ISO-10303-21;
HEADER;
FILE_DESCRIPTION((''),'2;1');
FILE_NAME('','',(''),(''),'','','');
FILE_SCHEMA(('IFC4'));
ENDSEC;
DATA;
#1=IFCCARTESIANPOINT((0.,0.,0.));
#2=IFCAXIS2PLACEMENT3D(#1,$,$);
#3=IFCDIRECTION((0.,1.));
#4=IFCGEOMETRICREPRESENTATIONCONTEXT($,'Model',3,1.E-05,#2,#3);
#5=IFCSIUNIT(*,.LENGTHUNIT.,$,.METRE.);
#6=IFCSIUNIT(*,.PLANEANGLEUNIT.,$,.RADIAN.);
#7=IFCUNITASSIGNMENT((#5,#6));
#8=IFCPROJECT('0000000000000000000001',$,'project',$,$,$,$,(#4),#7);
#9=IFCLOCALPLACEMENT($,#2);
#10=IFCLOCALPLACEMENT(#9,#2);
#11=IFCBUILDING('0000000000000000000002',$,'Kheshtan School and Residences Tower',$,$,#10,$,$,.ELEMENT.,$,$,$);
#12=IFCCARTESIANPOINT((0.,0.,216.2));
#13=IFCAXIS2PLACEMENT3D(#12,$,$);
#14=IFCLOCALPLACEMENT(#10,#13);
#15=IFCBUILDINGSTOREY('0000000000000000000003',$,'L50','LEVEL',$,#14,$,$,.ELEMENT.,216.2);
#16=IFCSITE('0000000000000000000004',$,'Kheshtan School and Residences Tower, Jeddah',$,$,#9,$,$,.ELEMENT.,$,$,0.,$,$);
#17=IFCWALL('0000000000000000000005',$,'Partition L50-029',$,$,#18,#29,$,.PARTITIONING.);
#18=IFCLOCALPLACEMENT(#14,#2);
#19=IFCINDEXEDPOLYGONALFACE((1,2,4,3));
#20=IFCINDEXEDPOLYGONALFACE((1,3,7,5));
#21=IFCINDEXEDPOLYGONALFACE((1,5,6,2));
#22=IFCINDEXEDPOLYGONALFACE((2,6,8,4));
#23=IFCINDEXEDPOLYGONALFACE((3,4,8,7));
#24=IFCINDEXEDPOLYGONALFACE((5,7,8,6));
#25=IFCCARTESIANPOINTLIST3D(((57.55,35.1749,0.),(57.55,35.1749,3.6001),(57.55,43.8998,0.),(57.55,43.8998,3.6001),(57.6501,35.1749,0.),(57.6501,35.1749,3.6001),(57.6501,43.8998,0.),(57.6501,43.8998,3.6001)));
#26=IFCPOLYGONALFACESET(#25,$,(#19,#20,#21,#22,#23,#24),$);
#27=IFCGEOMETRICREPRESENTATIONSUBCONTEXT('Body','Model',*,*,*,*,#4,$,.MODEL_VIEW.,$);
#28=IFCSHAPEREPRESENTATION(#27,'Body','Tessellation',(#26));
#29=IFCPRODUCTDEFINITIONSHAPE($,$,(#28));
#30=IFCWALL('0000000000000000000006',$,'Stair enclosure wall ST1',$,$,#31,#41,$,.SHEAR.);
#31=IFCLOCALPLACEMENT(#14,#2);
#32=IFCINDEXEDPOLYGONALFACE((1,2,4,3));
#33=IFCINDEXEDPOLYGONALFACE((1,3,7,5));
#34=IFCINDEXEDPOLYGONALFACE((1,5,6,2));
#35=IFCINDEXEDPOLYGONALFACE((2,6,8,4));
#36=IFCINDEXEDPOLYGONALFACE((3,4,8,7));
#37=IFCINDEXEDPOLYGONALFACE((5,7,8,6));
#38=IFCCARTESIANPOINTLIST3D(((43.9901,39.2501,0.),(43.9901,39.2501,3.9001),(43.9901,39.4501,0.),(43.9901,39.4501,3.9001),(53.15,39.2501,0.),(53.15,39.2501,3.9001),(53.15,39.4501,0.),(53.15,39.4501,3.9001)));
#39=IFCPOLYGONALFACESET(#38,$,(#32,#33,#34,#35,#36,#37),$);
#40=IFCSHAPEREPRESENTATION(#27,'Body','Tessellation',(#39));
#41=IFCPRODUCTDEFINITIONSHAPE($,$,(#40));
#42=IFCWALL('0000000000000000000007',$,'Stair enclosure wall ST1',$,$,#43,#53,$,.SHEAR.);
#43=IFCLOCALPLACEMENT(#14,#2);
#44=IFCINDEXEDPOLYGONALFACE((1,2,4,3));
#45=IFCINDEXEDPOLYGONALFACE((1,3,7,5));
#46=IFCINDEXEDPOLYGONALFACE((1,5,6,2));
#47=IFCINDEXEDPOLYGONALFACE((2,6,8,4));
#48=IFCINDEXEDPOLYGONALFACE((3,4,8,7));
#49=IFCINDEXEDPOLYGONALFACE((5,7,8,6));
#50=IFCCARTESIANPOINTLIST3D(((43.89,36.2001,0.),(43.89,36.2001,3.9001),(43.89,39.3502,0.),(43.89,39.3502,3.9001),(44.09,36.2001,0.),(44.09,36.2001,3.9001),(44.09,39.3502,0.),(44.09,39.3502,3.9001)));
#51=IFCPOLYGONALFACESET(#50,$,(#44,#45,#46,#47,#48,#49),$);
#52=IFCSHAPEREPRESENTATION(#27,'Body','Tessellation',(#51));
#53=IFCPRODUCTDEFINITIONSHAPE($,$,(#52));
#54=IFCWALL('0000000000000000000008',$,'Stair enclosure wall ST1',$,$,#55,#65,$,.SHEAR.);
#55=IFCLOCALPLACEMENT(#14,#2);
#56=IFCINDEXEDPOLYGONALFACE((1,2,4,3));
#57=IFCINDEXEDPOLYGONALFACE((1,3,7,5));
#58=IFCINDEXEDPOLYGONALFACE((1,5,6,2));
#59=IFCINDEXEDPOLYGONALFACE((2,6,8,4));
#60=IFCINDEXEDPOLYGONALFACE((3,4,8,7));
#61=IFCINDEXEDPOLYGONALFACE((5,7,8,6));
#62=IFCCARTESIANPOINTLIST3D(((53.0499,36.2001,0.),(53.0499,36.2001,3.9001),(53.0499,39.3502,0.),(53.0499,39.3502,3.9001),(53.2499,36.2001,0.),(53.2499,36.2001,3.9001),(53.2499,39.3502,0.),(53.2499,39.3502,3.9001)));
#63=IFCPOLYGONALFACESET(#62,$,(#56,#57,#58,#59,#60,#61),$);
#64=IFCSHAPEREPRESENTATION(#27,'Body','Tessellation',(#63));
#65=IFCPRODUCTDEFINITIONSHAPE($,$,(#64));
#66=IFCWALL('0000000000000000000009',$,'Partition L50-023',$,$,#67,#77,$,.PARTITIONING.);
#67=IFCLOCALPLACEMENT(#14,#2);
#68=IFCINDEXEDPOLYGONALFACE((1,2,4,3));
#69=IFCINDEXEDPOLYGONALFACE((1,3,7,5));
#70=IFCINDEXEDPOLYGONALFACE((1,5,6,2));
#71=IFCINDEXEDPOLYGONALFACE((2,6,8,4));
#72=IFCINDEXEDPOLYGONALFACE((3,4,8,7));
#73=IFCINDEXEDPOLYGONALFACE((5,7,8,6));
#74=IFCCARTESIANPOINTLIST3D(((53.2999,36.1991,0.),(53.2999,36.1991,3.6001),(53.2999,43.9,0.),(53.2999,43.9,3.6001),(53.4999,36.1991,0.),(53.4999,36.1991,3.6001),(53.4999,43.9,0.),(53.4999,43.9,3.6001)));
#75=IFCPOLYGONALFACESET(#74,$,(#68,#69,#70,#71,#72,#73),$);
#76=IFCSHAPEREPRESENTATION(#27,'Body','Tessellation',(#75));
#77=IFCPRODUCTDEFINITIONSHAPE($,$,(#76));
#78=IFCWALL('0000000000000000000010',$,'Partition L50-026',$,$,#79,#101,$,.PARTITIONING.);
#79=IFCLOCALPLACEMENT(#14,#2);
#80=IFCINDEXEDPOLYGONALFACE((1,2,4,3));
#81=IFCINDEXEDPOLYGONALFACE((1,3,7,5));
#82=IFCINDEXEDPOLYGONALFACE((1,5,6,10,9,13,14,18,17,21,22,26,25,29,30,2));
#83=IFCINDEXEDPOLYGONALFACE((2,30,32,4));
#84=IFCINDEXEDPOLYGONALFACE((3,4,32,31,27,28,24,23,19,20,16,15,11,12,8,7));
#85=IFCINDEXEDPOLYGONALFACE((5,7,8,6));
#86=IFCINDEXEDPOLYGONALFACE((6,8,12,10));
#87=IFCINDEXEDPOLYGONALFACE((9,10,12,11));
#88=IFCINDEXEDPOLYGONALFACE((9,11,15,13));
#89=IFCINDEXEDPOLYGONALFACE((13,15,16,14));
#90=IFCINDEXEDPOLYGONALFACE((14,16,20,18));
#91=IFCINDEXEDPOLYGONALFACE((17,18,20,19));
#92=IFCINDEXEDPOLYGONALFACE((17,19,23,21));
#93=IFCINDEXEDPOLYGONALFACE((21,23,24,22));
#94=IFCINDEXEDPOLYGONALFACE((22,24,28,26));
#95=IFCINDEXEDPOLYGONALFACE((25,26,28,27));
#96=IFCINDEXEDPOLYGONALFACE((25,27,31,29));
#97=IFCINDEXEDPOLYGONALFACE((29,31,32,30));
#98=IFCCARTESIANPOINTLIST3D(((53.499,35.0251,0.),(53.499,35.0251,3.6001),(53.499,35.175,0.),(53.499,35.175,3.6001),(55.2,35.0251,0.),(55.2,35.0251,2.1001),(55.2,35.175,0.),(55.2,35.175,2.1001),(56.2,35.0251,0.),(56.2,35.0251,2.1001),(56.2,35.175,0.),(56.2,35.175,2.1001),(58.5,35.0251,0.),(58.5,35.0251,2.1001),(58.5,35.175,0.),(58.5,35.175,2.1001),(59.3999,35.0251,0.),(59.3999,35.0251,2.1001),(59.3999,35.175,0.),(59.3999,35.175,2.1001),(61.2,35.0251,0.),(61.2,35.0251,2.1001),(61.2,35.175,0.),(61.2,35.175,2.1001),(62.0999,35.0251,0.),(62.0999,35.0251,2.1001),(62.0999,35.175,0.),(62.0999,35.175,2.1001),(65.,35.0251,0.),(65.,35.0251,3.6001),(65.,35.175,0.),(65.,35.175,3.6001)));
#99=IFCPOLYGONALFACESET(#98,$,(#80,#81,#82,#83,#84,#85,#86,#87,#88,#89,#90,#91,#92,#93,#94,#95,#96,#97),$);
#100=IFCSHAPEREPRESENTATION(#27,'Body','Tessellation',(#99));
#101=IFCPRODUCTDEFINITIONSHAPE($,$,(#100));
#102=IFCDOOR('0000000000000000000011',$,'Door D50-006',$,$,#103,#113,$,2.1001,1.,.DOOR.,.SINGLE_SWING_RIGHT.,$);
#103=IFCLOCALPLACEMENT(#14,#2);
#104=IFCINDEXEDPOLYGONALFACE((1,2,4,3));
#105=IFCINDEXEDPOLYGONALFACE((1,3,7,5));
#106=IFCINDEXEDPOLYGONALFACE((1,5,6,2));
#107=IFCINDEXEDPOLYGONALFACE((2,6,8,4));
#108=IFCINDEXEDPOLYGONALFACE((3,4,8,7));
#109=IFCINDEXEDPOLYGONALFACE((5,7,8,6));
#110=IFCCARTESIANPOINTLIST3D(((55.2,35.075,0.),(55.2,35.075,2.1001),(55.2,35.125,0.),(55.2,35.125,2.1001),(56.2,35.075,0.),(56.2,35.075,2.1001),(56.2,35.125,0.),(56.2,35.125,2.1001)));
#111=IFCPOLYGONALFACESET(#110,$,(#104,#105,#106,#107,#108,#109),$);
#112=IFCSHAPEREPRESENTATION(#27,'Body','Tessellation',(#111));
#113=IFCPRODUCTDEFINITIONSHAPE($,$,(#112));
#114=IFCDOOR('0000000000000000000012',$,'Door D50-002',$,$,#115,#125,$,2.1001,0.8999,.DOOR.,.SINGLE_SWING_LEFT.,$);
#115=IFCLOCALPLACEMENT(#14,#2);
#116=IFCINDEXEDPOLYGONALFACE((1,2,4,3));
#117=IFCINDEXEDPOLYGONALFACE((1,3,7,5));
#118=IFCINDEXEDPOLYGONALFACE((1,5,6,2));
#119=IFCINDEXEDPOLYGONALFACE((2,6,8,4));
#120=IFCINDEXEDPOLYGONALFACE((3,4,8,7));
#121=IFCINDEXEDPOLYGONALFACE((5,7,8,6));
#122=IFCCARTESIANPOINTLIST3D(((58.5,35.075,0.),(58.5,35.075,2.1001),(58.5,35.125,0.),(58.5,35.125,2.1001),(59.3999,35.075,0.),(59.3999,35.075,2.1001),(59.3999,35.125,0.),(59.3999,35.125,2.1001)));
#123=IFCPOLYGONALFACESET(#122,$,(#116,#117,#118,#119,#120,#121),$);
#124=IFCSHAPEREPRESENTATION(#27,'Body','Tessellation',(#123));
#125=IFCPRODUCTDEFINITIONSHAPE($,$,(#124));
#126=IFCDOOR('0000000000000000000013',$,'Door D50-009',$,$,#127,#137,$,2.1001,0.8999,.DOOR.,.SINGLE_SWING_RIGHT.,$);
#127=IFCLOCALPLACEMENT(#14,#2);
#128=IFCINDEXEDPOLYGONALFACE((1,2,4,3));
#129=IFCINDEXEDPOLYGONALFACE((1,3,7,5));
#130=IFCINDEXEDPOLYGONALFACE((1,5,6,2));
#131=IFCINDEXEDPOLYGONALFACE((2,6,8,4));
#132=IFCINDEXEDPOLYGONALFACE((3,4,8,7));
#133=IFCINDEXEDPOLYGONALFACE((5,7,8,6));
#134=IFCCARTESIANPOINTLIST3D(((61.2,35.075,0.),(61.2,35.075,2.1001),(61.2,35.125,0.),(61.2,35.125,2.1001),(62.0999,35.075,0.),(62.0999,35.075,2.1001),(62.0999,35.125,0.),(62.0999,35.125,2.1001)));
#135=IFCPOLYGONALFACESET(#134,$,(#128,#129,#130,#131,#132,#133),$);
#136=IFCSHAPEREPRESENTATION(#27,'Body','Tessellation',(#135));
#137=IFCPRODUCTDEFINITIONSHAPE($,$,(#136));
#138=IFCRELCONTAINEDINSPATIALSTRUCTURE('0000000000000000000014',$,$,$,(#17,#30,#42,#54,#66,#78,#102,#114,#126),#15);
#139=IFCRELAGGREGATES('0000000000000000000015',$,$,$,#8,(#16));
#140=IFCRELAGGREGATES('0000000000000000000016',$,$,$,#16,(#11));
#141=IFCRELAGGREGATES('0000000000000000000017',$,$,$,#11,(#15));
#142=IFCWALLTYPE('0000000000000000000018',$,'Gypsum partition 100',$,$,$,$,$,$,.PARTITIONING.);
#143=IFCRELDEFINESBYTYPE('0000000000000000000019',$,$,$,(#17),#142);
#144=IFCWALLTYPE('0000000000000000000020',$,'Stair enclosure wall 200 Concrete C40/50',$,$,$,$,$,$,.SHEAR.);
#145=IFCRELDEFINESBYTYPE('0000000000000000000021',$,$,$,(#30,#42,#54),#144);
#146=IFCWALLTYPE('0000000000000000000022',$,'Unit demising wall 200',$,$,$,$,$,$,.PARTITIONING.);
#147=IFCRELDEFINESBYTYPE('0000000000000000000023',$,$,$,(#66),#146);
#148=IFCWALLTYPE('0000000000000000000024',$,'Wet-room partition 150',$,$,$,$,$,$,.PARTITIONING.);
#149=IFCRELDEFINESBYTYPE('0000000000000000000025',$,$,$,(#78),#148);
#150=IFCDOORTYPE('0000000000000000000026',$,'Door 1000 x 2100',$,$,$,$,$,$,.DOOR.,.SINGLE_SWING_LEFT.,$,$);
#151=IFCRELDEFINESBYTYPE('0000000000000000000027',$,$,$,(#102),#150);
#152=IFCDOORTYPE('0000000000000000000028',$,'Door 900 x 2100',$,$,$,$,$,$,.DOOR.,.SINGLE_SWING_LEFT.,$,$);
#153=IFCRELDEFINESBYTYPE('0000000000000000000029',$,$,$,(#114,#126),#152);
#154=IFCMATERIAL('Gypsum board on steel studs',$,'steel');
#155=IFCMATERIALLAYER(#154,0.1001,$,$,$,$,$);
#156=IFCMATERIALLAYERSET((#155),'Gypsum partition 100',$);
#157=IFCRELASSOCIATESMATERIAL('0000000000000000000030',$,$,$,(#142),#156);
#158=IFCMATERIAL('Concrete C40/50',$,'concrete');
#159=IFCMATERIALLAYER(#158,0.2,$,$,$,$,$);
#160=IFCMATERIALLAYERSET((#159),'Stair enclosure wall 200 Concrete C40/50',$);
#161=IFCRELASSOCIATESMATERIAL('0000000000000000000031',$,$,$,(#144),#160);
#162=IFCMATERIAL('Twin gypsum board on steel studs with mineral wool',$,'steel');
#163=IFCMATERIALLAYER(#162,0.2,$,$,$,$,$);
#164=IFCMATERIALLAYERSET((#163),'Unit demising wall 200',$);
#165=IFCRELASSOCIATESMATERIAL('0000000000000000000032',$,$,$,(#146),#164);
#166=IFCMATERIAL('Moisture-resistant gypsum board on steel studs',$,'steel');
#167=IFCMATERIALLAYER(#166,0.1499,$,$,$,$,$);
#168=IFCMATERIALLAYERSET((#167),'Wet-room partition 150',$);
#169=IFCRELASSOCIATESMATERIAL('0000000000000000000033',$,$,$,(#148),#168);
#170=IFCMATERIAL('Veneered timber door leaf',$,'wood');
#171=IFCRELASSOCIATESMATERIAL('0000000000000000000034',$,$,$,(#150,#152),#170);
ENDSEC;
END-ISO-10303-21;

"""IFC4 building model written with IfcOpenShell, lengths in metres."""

from ifc_helpers import new_model, si_unit, direction, frame, frame_2d, origin, place, context, subcontext, project, spatial, rectangle, extrude, source, transform, mapped, material, layer, layer_set, type_object, element, fill, save


model = new_model("IFC4")

# Units and contexts
model_context = context("Model", 3, precision=1e-05, world=origin(), true_north=direction((0.0, 1.0)))
body_context = subcontext(model_context, "Body", "Model", "MODEL_VIEW")
ifc_project = project(units=[si_unit("LENGTHUNIT", "METRE"), si_unit("PLANEANGLEUNIT", "RADIAN")], contexts=[model_context])

# Site, building, storey
site_placement = place(None, origin())
site = spatial("IfcSite", under=ifc_project, at=site_placement, Name="Kheshtan School and Residences Tower, Jeddah", CompositionType="ELEMENT", RefElevation=0.0)
building_placement = place(site_placement, origin())
building = spatial("IfcBuilding", under=site, at=building_placement, Name="Kheshtan School and Residences Tower", CompositionType="ELEMENT")
storey_placement = place(building_placement, frame((0.0, 0.0, 216.2)))
storey = spatial("IfcBuildingStorey", under=building, at=storey_placement, Name="L50", Description="LEVEL", CompositionType="ELEMENT", Elevation=216.2)

# Walls
ifc_material_1 = material(Name="Gypsum board on steel studs", Category="steel")
ifc_layer_1 = layer(ifc_material_1, 0.1001)
ifc_layer_set_1 = layer_set([ifc_layer_1], Name="Gypsum partition 100")
wall_type_1 = type_object("IfcWallType", Name="Gypsum partition 100", PredefinedType="PARTITIONING", material=ifc_layer_set_1)
wall_1_placement = place(storey_placement, frame((57.6001, 35.175, 0.0), z_axis=(0.0, 0.0, 1.0), x_axis=(0.0, 1.0, 0.0)))
element("IfcWall", 1, at=wall_1_placement, inside=storey, type_object=wall_type_1, Name="Partition L50-029", PredefinedType="PARTITIONING", context=body_context, shape_type="SweptSolid", body=[
    extrude(rectangle(XDim=8.7249, YDim=0.1001, at=frame_2d((4.3623, 0.0))), origin(), (0.0, 0.0, 1.0), 3.6001),
])
ifc_material_2 = material(Name="Concrete C40/50", Category="concrete")
ifc_layer_2 = layer(ifc_material_2, 0.2)
ifc_layer_set_2 = layer_set([ifc_layer_2], Name="Stair enclosure wall 200 Concrete C40/50")
wall_type_2 = type_object("IfcWallType", Name="Stair enclosure wall 200 Concrete C40/50", PredefinedType="SHEAR", material=ifc_layer_set_2)
wall_2_placement = place(storey_placement, frame((43.99, 39.3501, 0.0), z_axis=(0.0, 0.0, 1.0), x_axis=(1.0, 0.0, 0.0)))
element("IfcWall", 2, at=wall_2_placement, inside=storey, type_object=wall_type_2, Name="Stair enclosure wall ST1", PredefinedType="SHEAR", context=body_context, shape_type="SweptSolid", body=[
    extrude(rectangle(XDim=9.1599, YDim=0.2, at=frame_2d((4.5801, 0.0))), origin(), (0.0, 0.0, 1.0), 3.9001),
])
for number, where, z_axis, x_axis, name in (
    (3, (43.99, 36.2, 0.0), (0.0, 0.0, 1.0), (0.0, 1.0, 0.0), "Stair enclosure wall ST1"),
    (4, (53.1499, 36.2, 0.0), (0.0, 0.0, 1.0), (0.0, 1.0, 0.0), "Stair enclosure wall ST1"),
):
    element("IfcWall", number, at=place(storey_placement, frame(where, z_axis=z_axis, x_axis=x_axis)), inside=storey, type_object=wall_type_2, Name=name, PredefinedType="SHEAR", context=body_context, shape_type="SweptSolid", body=[
        extrude(rectangle(XDim=3.1501, YDim=0.2, at=frame_2d((1.5752, 0.0))), origin(), (0.0, 0.0, 1.0), 3.9001),
    ])
ifc_material_3 = material(Name="Twin gypsum board on steel studs with mineral wool", Category="steel")
ifc_layer_3 = layer(ifc_material_3, 0.2)
ifc_layer_set_3 = layer_set([ifc_layer_3], Name="Unit demising wall 200")
wall_type_3 = type_object("IfcWallType", Name="Unit demising wall 200", PredefinedType="PARTITIONING", material=ifc_layer_set_3)
wall_3_placement = place(storey_placement, frame((53.3999, 36.199, 0.0), z_axis=(0.0, 0.0, 1.0), x_axis=(0.0, 1.0, 0.0)))
element("IfcWall", 5, at=wall_3_placement, inside=storey, type_object=wall_type_3, Name="Partition L50-023", PredefinedType="PARTITIONING", context=body_context, shape_type="SweptSolid", body=[
    extrude(rectangle(XDim=7.7009, YDim=0.2, at=frame_2d((3.8506, 0.0))), origin(), (0.0, 0.0, 1.0), 3.6001),
])

# Wall, openings, doors
ifc_material_4 = material(Name="Moisture-resistant gypsum board on steel studs", Category="steel")
ifc_layer_4 = layer(ifc_material_4, 0.1499)
ifc_layer_set_4 = layer_set([ifc_layer_4], Name="Wet-room partition 150")
wall_type_4 = type_object("IfcWallType", Name="Wet-room partition 150", PredefinedType="PARTITIONING", material=ifc_layer_set_4)
wall_4_placement = place(storey_placement, frame((53.499, 35.1001, 0.0), z_axis=(0.0, 0.0, 1.0), x_axis=(1.0, 0.0, 0.0)))
wall_4 = element("IfcWall", 6, at=wall_4_placement, inside=storey, type_object=wall_type_4, Name="Partition L50-026", PredefinedType="PARTITIONING", context=body_context, shape_type="SweptSolid", body=[
    extrude(rectangle(XDim=11.501, YDim=0.1499, at=frame_2d((5.7505, 0.0))), origin(), (0.0, 0.0, 1.0), 3.6001),
])
opening_1_placement = place(wall_4_placement, frame((5.001, 0.0, 0.0)))
opening_1 = element("IfcOpeningElement", 7, at=opening_1_placement, cuts=wall_4, PredefinedType="OPENING", context=body_context, shape_type="SweptSolid", body=[
    extrude(rectangle(XDim=0.8999, YDim=2.1001, at=frame_2d((0.45, 1.05))), frame((0.0, 0.085, 0.0), z_axis=(0.0, -1.0, 0.0), x_axis=(1.0, 0.0, 0.0)), (0.0, 0.0, 1.0), 0.1699),
])
opening_2_placement = place(wall_4_placement, frame((1.7009, 0.0, 0.0)))
opening_2 = element("IfcOpeningElement", 8, at=opening_2_placement, cuts=wall_4, PredefinedType="OPENING", context=body_context, shape_type="SweptSolid", body=[
    extrude(rectangle(XDim=1.0, YDim=2.1001, at=frame_2d((0.5, 1.05))), frame((0.0, 0.085, 0.0), z_axis=(0.0, -1.0, 0.0), x_axis=(1.0, 0.0, 0.0)), (0.0, 0.0, 1.0), 0.1699),
])
opening_3_placement = place(wall_4_placement, frame((7.7009, 0.0, 0.0)))
opening_3 = element("IfcOpeningElement", 9, at=opening_3_placement, cuts=wall_4, PredefinedType="OPENING", context=body_context, shape_type="SweptSolid", body=[
    extrude(rectangle(XDim=0.8999, YDim=2.1001, at=frame_2d((0.45, 1.05))), frame((0.0, 0.085, 0.0), z_axis=(0.0, -1.0, 0.0), x_axis=(1.0, 0.0, 0.0)), (0.0, 0.0, 1.0), 0.1699),
])
ifc_material_5 = material(Name="Veneered timber door leaf", Category="wood")
door_type_1 = type_object("IfcDoorType", Name="Door 1000 x 2100", OperationType="SINGLE_SWING_LEFT", PredefinedType="DOOR", material=ifc_material_5)
shared_shape_1 = source(origin(), body_context, "Body", "SweptSolid", [
    extrude(rectangle(XDim=1.0, YDim=2.1001, at=frame_2d((0.5, 1.05))), frame((0.0, 0.0249, 0.0), z_axis=(0.0, -1.0, 0.0), x_axis=(1.0, 0.0, 0.0)), (0.0, 0.0, 1.0), 0.05),
])
door_1_placement = place(opening_2_placement, origin())
door_1 = element("IfcDoor", 10, at=door_1_placement, inside=storey, type_object=door_type_1, Name="Door D50-006", OperationType="SINGLE_SWING_RIGHT", OverallHeight=2.1001, OverallWidth=1.0, PredefinedType="DOOR", context=body_context, shape_type="MappedRepresentation", body=[
    mapped(shared_shape_1, transform((0.0, 0.0, 0.0), x_axis=(1.0, 0.0, 0.0), y_axis=(0.0, 1.0, 0.0), z_axis=(0.0, 0.0, 1.0), scale=1.0)),
])
fill(opening_2, door_1)
door_type_2 = type_object("IfcDoorType", Name="Door 900 x 2100", OperationType="SINGLE_SWING_LEFT", PredefinedType="DOOR", material=ifc_material_5)
shared_shape_2 = source(origin(), body_context, "Body", "SweptSolid", [
    extrude(rectangle(XDim=0.8999, YDim=2.1001, at=frame_2d((0.45, 1.05))), frame((0.0, 0.0249, 0.0), z_axis=(0.0, -1.0, 0.0), x_axis=(1.0, 0.0, 0.0)), (0.0, 0.0, 1.0), 0.05),
])
door_2_placement = place(opening_1_placement, origin())
door_2 = element("IfcDoor", 11, at=door_2_placement, inside=storey, type_object=door_type_2, Name="Door D50-002", OperationType="SINGLE_SWING_LEFT", OverallHeight=2.1001, OverallWidth=0.8999, PredefinedType="DOOR", context=body_context, shape_type="MappedRepresentation", body=[
    mapped(shared_shape_2, transform((0.0, 0.0, 0.0), x_axis=(1.0, 0.0, 0.0), y_axis=(0.0, 1.0, 0.0), z_axis=(0.0, 0.0, 1.0), scale=1.0)),
])
fill(opening_1, door_2)
door_3_placement = place(opening_3_placement, origin())
door_3 = element("IfcDoor", 12, at=door_3_placement, inside=storey, type_object=door_type_2, Name="Door D50-009", OperationType="SINGLE_SWING_RIGHT", OverallHeight=2.1001, OverallWidth=0.8999, PredefinedType="DOOR", context=body_context, shape_type="MappedRepresentation", body=[
    mapped(shared_shape_2, transform((0.0, 0.0, 0.0), x_axis=(1.0, 0.0, 0.0), y_axis=(0.0, 1.0, 0.0), z_axis=(0.0, 0.0, 1.0), scale=1.0)),
])
fill(opening_3, door_3)

save(model, "model.ifc")
